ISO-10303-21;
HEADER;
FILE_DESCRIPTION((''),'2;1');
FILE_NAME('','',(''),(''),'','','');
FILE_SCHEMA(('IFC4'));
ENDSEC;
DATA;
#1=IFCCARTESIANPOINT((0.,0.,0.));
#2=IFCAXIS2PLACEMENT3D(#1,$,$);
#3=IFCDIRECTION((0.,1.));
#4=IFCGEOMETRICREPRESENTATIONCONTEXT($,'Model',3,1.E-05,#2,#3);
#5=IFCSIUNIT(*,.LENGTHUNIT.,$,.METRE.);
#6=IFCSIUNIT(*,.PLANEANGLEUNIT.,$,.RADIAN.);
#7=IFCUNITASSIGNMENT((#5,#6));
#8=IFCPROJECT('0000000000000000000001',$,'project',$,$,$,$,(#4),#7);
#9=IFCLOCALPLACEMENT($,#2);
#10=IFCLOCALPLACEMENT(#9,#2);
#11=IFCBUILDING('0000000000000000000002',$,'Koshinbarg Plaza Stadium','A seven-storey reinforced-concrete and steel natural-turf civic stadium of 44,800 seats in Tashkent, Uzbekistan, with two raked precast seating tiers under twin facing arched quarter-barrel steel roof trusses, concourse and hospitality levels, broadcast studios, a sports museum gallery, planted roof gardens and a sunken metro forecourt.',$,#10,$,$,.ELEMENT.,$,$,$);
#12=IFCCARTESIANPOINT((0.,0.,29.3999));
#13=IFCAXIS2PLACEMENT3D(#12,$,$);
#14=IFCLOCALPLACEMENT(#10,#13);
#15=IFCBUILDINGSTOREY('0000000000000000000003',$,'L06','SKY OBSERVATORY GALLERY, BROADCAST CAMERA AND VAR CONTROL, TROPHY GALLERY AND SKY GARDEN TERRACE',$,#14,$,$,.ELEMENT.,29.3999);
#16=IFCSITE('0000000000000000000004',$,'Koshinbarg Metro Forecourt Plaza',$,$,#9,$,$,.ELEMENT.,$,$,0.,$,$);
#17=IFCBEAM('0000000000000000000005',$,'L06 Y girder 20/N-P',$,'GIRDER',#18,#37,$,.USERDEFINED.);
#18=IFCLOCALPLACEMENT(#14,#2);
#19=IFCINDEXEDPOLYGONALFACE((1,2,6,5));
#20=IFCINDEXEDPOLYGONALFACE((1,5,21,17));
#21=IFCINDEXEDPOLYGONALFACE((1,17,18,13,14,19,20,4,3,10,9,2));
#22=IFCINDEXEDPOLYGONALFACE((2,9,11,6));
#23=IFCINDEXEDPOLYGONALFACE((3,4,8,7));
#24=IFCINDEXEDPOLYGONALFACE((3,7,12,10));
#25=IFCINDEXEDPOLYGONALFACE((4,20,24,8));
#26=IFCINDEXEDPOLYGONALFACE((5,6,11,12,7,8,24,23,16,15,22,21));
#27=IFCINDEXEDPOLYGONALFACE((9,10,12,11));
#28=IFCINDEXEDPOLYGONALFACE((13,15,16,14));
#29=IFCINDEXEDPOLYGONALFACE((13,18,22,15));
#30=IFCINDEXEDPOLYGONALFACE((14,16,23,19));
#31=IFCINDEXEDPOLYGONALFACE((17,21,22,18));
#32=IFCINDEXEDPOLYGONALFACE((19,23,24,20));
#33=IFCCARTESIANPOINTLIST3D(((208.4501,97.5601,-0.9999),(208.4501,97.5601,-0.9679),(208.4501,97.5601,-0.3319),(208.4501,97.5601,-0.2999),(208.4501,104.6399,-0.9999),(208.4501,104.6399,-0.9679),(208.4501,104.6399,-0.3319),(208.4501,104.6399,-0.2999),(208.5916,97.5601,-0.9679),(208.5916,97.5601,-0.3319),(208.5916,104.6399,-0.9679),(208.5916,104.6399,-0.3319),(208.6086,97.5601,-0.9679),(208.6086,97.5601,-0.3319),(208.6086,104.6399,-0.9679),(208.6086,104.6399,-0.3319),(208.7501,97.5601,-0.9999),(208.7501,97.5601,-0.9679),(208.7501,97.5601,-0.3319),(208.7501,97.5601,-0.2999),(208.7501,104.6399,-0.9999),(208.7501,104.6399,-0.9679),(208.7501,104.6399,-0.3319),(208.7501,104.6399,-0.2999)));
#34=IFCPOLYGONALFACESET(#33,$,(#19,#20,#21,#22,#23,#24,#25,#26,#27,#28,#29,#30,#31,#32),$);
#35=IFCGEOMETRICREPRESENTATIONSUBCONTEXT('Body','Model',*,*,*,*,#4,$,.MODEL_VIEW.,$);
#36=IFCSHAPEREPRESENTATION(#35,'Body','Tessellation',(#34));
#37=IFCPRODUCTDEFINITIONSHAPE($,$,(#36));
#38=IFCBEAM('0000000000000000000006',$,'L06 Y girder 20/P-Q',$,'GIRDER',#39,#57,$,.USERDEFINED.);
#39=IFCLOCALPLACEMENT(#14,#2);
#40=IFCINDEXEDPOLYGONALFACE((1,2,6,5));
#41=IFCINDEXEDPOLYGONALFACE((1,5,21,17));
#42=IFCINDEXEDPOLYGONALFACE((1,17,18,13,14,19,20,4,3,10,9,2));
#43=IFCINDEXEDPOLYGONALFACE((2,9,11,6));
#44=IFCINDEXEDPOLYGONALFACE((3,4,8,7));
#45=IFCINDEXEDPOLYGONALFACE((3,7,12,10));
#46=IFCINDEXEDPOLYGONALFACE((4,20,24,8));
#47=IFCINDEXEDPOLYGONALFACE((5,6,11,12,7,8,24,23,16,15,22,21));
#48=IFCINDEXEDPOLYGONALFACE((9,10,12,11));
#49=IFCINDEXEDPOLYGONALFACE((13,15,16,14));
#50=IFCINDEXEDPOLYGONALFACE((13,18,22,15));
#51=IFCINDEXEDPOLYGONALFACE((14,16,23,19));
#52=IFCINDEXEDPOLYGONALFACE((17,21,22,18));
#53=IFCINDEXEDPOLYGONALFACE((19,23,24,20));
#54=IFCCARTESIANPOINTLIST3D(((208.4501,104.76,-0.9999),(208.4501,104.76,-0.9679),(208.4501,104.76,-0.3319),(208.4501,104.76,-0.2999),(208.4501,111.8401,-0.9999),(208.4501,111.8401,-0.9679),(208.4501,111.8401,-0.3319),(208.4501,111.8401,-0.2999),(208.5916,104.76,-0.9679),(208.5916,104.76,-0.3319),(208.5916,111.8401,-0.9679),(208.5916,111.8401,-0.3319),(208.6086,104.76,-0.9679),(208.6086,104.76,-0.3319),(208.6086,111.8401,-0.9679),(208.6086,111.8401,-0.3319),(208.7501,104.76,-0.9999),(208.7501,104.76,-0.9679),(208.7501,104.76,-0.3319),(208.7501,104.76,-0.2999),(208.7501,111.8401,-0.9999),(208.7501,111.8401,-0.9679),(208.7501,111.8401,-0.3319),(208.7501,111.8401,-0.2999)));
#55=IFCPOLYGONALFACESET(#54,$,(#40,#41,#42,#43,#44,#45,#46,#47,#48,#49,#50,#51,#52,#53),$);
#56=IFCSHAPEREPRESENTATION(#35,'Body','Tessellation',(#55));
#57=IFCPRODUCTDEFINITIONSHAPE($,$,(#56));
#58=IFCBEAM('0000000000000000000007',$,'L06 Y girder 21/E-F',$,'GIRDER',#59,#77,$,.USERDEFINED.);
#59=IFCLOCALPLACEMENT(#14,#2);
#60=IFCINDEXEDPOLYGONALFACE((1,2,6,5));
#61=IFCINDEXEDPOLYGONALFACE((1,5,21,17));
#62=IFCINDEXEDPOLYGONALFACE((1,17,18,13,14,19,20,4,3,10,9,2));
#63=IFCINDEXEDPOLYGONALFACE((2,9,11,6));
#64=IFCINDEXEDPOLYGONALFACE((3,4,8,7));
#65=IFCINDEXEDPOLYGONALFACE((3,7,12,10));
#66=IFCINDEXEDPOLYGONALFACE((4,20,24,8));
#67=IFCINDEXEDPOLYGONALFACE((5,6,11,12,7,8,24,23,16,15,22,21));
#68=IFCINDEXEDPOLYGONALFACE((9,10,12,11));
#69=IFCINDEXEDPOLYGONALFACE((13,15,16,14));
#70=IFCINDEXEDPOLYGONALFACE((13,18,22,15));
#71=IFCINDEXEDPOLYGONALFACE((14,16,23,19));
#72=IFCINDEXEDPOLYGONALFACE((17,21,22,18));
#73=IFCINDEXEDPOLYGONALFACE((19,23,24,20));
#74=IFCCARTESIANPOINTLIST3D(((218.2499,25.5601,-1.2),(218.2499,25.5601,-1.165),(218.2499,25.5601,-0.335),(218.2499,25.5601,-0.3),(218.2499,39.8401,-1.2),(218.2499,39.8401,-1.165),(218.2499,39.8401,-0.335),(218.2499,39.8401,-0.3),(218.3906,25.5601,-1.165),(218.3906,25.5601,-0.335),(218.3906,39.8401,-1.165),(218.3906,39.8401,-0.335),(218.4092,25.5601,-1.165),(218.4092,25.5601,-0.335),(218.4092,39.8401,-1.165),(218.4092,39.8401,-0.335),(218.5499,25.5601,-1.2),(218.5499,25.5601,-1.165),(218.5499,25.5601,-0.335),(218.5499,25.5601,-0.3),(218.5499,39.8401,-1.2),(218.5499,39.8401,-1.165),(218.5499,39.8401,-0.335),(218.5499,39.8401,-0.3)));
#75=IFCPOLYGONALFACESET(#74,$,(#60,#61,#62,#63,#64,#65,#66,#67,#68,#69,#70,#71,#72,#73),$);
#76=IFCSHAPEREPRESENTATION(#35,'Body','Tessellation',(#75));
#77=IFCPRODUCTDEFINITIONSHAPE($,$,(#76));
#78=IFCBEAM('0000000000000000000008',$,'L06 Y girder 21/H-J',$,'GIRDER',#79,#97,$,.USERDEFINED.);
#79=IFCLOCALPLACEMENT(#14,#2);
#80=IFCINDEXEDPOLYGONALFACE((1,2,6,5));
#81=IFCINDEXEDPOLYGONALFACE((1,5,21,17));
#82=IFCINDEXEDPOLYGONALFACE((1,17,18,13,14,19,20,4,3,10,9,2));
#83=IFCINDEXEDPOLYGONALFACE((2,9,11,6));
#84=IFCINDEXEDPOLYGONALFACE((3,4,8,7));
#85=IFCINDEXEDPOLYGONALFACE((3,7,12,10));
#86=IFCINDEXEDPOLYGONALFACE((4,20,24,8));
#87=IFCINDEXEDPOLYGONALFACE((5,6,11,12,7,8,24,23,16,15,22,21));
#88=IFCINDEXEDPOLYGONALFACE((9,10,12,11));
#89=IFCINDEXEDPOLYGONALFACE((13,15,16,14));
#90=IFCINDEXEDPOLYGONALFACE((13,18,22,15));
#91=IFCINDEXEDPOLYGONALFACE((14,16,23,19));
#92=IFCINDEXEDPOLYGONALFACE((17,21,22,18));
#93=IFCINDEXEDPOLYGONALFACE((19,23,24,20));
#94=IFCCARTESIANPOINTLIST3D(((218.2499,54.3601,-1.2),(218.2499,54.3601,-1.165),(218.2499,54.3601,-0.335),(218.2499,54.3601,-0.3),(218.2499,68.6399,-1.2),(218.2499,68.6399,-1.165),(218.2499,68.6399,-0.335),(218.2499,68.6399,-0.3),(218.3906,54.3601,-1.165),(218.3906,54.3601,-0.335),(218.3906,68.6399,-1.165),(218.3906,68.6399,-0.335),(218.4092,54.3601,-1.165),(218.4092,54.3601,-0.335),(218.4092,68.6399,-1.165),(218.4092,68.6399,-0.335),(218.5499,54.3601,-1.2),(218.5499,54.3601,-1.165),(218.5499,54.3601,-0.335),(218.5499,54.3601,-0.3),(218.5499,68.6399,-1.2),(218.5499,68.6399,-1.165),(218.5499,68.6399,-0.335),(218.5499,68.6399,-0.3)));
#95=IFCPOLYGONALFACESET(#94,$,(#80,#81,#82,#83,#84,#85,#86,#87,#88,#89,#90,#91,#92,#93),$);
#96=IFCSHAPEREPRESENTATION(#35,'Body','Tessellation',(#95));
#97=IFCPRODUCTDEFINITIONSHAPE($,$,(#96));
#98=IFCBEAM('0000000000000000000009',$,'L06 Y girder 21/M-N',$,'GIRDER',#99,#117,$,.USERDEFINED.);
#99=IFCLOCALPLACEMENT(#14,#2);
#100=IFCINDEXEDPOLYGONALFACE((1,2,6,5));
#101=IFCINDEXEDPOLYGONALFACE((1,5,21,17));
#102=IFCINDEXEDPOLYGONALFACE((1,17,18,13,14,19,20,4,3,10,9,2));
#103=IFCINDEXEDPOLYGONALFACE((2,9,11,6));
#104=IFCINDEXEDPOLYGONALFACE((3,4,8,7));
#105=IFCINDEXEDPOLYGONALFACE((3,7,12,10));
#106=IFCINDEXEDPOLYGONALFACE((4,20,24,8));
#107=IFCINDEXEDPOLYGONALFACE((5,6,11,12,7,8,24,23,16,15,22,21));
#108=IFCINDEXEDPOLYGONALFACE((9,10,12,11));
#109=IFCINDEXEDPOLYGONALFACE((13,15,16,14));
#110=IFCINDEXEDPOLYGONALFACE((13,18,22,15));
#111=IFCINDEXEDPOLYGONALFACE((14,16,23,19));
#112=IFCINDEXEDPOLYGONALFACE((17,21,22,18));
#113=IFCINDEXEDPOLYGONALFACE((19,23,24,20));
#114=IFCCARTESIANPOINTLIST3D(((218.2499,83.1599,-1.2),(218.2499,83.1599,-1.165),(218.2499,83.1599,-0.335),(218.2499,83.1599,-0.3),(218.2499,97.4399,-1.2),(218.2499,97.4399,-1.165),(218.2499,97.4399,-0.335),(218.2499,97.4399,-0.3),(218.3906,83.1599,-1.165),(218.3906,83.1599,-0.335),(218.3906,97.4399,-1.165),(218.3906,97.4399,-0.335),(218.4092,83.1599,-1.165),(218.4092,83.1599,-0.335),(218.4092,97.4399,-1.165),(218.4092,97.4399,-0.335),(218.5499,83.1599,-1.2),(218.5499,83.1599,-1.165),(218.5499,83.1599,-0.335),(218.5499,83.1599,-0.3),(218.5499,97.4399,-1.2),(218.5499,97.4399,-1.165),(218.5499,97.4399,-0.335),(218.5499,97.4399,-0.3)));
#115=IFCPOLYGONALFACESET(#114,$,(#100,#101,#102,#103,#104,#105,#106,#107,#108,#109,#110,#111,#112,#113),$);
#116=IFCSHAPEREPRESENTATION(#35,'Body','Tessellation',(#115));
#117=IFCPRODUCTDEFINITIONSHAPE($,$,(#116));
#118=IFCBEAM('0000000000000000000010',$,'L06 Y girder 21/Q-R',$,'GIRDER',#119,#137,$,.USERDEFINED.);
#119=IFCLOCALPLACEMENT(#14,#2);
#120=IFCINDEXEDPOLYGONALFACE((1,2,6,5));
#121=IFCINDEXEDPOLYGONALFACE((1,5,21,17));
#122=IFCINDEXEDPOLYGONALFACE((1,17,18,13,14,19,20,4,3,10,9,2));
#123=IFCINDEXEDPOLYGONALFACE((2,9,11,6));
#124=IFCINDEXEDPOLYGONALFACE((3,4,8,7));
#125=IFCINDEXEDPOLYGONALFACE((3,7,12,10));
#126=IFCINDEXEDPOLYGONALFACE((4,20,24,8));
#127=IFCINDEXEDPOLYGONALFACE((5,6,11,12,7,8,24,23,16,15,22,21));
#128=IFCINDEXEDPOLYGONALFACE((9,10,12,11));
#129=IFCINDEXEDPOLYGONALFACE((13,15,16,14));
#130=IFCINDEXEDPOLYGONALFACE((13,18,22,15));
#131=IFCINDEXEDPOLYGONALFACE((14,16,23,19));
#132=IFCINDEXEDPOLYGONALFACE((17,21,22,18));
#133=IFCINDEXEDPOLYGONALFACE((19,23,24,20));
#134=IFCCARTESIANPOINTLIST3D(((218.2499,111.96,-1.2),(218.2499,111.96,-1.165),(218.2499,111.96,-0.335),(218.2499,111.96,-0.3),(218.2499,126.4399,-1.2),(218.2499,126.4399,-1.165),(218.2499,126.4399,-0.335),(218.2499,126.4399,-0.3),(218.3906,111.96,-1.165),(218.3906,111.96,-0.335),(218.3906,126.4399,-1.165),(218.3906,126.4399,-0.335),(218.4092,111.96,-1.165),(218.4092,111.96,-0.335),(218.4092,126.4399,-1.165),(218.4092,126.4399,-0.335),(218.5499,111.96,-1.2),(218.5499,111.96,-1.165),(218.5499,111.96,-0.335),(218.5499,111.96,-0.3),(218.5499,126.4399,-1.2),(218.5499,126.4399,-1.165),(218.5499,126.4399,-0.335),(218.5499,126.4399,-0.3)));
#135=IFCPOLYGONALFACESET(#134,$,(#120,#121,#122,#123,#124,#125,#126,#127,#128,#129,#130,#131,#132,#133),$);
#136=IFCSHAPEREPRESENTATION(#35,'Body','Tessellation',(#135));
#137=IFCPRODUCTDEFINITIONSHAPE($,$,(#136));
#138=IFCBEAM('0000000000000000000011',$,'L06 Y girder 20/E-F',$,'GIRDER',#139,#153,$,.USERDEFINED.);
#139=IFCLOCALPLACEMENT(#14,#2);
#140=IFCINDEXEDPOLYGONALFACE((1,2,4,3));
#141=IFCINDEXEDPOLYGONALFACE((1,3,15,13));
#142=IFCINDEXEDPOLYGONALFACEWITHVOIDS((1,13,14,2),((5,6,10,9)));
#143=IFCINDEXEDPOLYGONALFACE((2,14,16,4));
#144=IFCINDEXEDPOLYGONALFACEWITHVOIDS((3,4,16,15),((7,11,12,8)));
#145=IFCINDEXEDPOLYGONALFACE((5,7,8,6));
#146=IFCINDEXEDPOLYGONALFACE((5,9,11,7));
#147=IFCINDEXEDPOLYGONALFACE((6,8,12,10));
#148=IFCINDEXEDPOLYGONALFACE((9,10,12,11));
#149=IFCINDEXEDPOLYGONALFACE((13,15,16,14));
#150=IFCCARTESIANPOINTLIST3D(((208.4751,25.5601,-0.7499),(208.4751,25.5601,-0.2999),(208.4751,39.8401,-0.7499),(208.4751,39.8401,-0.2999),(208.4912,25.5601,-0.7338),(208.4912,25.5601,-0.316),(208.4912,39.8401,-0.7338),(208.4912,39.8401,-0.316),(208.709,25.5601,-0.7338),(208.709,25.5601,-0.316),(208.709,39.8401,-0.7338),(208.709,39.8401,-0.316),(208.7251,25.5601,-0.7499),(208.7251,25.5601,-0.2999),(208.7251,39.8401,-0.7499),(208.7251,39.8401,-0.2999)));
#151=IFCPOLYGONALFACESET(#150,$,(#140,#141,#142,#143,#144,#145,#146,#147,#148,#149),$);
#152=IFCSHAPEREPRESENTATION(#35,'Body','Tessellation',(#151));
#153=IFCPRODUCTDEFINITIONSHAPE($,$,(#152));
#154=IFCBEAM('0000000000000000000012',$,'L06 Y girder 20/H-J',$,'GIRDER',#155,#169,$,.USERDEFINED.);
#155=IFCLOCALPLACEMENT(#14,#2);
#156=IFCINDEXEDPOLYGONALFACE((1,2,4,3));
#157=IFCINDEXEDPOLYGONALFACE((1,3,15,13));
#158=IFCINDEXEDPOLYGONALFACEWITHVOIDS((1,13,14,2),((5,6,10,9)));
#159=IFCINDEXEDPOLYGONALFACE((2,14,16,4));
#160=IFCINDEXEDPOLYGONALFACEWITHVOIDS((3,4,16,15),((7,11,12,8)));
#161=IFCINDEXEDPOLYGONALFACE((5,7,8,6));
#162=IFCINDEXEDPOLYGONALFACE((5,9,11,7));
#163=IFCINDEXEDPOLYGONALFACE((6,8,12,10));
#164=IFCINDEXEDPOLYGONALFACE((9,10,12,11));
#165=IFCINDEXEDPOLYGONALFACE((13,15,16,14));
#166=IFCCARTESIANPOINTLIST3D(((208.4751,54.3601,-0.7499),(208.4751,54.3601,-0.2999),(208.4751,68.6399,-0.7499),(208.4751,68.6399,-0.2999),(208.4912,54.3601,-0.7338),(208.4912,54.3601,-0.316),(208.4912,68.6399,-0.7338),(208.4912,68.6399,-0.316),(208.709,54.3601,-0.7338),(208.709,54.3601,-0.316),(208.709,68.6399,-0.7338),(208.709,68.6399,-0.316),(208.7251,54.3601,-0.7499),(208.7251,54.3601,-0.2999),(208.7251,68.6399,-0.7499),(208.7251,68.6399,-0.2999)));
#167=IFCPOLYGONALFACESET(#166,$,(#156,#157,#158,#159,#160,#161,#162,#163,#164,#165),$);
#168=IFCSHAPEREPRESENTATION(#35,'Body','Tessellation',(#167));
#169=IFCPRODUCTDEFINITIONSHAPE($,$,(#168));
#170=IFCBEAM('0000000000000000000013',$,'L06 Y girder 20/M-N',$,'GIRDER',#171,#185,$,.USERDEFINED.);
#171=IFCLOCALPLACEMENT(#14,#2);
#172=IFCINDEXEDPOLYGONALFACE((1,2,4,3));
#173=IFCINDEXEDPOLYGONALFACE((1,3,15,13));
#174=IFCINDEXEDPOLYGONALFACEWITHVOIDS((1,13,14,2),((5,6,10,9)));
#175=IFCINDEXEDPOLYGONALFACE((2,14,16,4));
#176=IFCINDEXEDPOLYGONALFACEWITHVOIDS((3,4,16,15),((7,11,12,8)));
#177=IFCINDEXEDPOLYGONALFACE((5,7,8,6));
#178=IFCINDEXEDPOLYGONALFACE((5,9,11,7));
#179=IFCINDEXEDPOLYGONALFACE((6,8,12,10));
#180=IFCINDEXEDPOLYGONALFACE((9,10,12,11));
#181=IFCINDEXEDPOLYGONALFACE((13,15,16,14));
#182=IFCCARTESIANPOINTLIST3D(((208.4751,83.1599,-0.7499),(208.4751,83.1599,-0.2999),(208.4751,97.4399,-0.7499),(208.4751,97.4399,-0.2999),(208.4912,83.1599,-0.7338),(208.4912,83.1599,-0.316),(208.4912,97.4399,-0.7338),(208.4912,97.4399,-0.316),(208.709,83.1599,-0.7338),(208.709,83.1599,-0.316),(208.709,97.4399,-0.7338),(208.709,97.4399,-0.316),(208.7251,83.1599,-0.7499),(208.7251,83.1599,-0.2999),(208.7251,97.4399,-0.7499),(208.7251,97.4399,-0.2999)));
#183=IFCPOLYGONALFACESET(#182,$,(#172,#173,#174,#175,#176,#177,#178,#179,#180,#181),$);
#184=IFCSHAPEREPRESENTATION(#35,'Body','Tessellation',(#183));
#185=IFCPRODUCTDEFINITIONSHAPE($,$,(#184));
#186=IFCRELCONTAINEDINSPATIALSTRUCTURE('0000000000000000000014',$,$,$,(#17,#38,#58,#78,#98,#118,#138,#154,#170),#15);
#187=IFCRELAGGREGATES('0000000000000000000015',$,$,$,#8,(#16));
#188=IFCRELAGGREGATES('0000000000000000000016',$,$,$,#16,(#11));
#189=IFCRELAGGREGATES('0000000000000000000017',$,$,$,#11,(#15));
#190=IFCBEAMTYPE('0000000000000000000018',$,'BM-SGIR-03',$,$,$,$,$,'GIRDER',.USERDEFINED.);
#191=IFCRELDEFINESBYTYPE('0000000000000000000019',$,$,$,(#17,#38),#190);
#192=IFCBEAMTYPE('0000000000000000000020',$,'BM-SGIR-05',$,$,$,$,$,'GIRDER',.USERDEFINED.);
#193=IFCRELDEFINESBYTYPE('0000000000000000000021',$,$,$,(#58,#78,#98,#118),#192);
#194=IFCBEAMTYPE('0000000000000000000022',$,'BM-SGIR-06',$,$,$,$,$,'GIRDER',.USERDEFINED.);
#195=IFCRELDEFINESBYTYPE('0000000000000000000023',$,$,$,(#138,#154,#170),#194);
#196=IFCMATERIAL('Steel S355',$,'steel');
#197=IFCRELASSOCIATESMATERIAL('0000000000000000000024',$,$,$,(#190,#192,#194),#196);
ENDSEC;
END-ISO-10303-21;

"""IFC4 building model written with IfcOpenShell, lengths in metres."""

from ifc_helpers import new_model, si_unit, direction, frame, origin, origin_2d, place, context, subcontext, project, spatial, hollow_rectangle, i_section, extrude, material, material_profile, profile_set, type_object, element, save


model = new_model("IFC4")

# Units and contexts
model_context = context("Model", 3, precision=1e-05, world=origin(), true_north=direction((0.0, 1.0)))
body_context = subcontext(model_context, "Body", "Model", "MODEL_VIEW")
ifc_project = project(units=[si_unit("LENGTHUNIT", "METRE"), si_unit("PLANEANGLEUNIT", "RADIAN")], contexts=[model_context])

# Site, building, storey
site_placement = place(None, origin())
site = spatial("IfcSite", under=ifc_project, at=site_placement, Name="Koshinbarg Metro Forecourt Plaza", CompositionType="ELEMENT", RefElevation=0.0)
building_placement = place(site_placement, origin())
building = spatial("IfcBuilding", under=site, at=building_placement, Name="Koshinbarg Plaza Stadium", Description="A seven-storey reinforced-concrete and steel natural-turf civic stadium of 44,800 seats in Tashkent, Uzbekistan, with two raked precast seating tiers under twin facing arched quarter-barrel steel roof trusses, concourse and hospitality levels, broadcast studios, a sports museum gallery, planted roof gardens and a sunken metro forecourt.", CompositionType="ELEMENT")
storey_placement = place(building_placement, frame((0.0, 0.0, 29.3999)))
storey = spatial("IfcBuildingStorey", under=building, at=storey_placement, Name="L06", Description="SKY OBSERVATORY GALLERY, BROADCAST CAMERA AND VAR CONTROL, TROPHY GALLERY AND SKY GARDEN TERRACE", CompositionType="ELEMENT", Elevation=29.3999)

# Beams
ifc_material = material(Name="Steel S355", Category="steel")
ifc_material_profile_1 = material_profile(ifc_material, i_section(OverallWidth=0.3, OverallDepth=0.7, WebThickness=0.0171, FlangeThickness=0.032, at=origin_2d()), Name="HEB 700")
ifc_profile_set_1 = profile_set([ifc_material_profile_1], Name="Steel S355")
beam_type_1 = type_object("IfcBeamType", Name="BM-SGIR-03", ElementType="GIRDER", PredefinedType="USERDEFINED", material=ifc_profile_set_1)
beam_1_placement = place(storey_placement, frame((208.6001, 97.5601, -0.6499), z_axis=(0.0, 1.0, 0.0), x_axis=(-1.0, 0.0, 0.0)))
element("IfcBeam", 1, at=beam_1_placement, inside=storey, type_object=beam_type_1, Name="L06 Y girder 20/N-P", ObjectType="GIRDER", PredefinedType="USERDEFINED", context=body_context, shape_type="SweptSolid", body=[
    extrude(i_section(OverallWidth=0.3, OverallDepth=0.7, WebThickness=0.0171, FlangeThickness=0.032, at=origin_2d()), origin(), (0.0, 0.0, 1.0), 7.0798),
])
beam_2_placement = place(storey_placement, frame((208.6001, 104.76, -0.6499), z_axis=(0.0, 1.0, 0.0), x_axis=(-1.0, 0.0, 0.0)))
element("IfcBeam", 2, at=beam_2_placement, inside=storey, type_object=beam_type_1, Name="L06 Y girder 20/P-Q", ObjectType="GIRDER", PredefinedType="USERDEFINED", context=body_context, shape_type="SweptSolid", body=[
    extrude(i_section(OverallWidth=0.3, OverallDepth=0.7, WebThickness=0.0171, FlangeThickness=0.032, at=origin_2d()), origin(), (0.0, 0.0, 1.0), 7.0801),
])
ifc_material_profile_2 = material_profile(ifc_material, i_section(OverallWidth=0.3, OverallDepth=0.8999, WebThickness=0.0186, FlangeThickness=0.0349, at=origin_2d()), Name="HEB 900")
ifc_profile_set_2 = profile_set([ifc_material_profile_2], Name="Steel S355")
beam_type_2 = type_object("IfcBeamType", Name="BM-SGIR-05", ElementType="GIRDER", PredefinedType="USERDEFINED", material=ifc_profile_set_2)
beam_3_placement = place(storey_placement, frame((218.3999, 25.5601, -0.75), z_axis=(0.0, 1.0, 0.0), x_axis=(-1.0, 0.0, 0.0)))
element("IfcBeam", 3, at=beam_3_placement, inside=storey, type_object=beam_type_2, Name="L06 Y girder 21/E-F", ObjectType="GIRDER", PredefinedType="USERDEFINED", context=body_context, shape_type="SweptSolid", body=[
    extrude(i_section(OverallWidth=0.3, OverallDepth=0.8999, WebThickness=0.0186, FlangeThickness=0.0349, at=origin_2d()), origin(), (0.0, 0.0, 1.0), 14.28),
])
beam_4_placement = place(storey_placement, frame((218.3999, 54.3601, -0.75), z_axis=(0.0, 1.0, 0.0), x_axis=(-1.0, 0.0, 0.0)))
element("IfcBeam", 4, at=beam_4_placement, inside=storey, type_object=beam_type_2, Name="L06 Y girder 21/H-J", ObjectType="GIRDER", PredefinedType="USERDEFINED", context=body_context, shape_type="SweptSolid", body=[
    extrude(i_section(OverallWidth=0.3, OverallDepth=0.8999, WebThickness=0.0186, FlangeThickness=0.0349, at=origin_2d()), origin(), (0.0, 0.0, 1.0), 14.2798),
])
beam_5_placement = place(storey_placement, frame((218.3999, 83.1599, -0.75), z_axis=(0.0, 1.0, 0.0), x_axis=(-1.0, 0.0, 0.0)))
element("IfcBeam", 5, at=beam_5_placement, inside=storey, type_object=beam_type_2, Name="L06 Y girder 21/M-N", ObjectType="GIRDER", PredefinedType="USERDEFINED", context=body_context, shape_type="SweptSolid", body=[
    extrude(i_section(OverallWidth=0.3, OverallDepth=0.8999, WebThickness=0.0186, FlangeThickness=0.0349, at=origin_2d()), origin(), (0.0, 0.0, 1.0), 14.28),
])
beam_6_placement = place(storey_placement, frame((218.3999, 111.96, -0.75), z_axis=(0.0, 1.0, 0.0), x_axis=(-1.0, 0.0, 0.0)))
element("IfcBeam", 6, at=beam_6_placement, inside=storey, type_object=beam_type_2, Name="L06 Y girder 21/Q-R", ObjectType="GIRDER", PredefinedType="USERDEFINED", context=body_context, shape_type="SweptSolid", body=[
    extrude(i_section(OverallWidth=0.3, OverallDepth=0.8999, WebThickness=0.0186, FlangeThickness=0.0349, at=origin_2d()), origin(), (0.0, 0.0, 1.0), 14.48),
])
ifc_material_profile_3 = material_profile(ifc_material, hollow_rectangle(XDim=0.25, YDim=0.45, WallThickness=0.0161, at=origin_2d()), Name="RHS 450x250x16")
ifc_profile_set_3 = profile_set([ifc_material_profile_3], Name="Steel S355")
beam_type_3 = type_object("IfcBeamType", Name="BM-SGIR-06", ElementType="GIRDER", PredefinedType="USERDEFINED", material=ifc_profile_set_3)
beam_7_placement = place(storey_placement, frame((208.6001, 25.5601, -0.5249), z_axis=(0.0, 1.0, 0.0), x_axis=(-1.0, 0.0, 0.0)))
element("IfcBeam", 7, at=beam_7_placement, inside=storey, type_object=beam_type_3, Name="L06 Y girder 20/E-F", ObjectType="GIRDER", PredefinedType="USERDEFINED", context=body_context, shape_type="SweptSolid", body=[
    extrude(hollow_rectangle(XDim=0.25, YDim=0.45, WallThickness=0.0161, at=origin_2d()), origin(), (0.0, 0.0, 1.0), 14.28),
])
beam_8_placement = place(storey_placement, frame((208.6001, 54.3601, -0.5249), z_axis=(0.0, 1.0, 0.0), x_axis=(-1.0, 0.0, 0.0)))
element("IfcBeam", 8, at=beam_8_placement, inside=storey, type_object=beam_type_3, Name="L06 Y girder 20/H-J", ObjectType="GIRDER", PredefinedType="USERDEFINED", context=body_context, shape_type="SweptSolid", body=[
    extrude(hollow_rectangle(XDim=0.25, YDim=0.45, WallThickness=0.0161, at=origin_2d()), origin(), (0.0, 0.0, 1.0), 14.2798),
])
beam_9_placement = place(storey_placement, frame((208.6001, 83.1599, -0.5249), z_axis=(0.0, 1.0, 0.0), x_axis=(-1.0, 0.0, 0.0)))
element("IfcBeam", 9, at=beam_9_placement, inside=storey, type_object=beam_type_3, Name="L06 Y girder 20/M-N", ObjectType="GIRDER", PredefinedType="USERDEFINED", context=body_context, shape_type="SweptSolid", body=[
    extrude(hollow_rectangle(XDim=0.25, YDim=0.45, WallThickness=0.0161, at=origin_2d()), origin(), (0.0, 0.0, 1.0), 14.28),
])

save(model, "model.ifc")
